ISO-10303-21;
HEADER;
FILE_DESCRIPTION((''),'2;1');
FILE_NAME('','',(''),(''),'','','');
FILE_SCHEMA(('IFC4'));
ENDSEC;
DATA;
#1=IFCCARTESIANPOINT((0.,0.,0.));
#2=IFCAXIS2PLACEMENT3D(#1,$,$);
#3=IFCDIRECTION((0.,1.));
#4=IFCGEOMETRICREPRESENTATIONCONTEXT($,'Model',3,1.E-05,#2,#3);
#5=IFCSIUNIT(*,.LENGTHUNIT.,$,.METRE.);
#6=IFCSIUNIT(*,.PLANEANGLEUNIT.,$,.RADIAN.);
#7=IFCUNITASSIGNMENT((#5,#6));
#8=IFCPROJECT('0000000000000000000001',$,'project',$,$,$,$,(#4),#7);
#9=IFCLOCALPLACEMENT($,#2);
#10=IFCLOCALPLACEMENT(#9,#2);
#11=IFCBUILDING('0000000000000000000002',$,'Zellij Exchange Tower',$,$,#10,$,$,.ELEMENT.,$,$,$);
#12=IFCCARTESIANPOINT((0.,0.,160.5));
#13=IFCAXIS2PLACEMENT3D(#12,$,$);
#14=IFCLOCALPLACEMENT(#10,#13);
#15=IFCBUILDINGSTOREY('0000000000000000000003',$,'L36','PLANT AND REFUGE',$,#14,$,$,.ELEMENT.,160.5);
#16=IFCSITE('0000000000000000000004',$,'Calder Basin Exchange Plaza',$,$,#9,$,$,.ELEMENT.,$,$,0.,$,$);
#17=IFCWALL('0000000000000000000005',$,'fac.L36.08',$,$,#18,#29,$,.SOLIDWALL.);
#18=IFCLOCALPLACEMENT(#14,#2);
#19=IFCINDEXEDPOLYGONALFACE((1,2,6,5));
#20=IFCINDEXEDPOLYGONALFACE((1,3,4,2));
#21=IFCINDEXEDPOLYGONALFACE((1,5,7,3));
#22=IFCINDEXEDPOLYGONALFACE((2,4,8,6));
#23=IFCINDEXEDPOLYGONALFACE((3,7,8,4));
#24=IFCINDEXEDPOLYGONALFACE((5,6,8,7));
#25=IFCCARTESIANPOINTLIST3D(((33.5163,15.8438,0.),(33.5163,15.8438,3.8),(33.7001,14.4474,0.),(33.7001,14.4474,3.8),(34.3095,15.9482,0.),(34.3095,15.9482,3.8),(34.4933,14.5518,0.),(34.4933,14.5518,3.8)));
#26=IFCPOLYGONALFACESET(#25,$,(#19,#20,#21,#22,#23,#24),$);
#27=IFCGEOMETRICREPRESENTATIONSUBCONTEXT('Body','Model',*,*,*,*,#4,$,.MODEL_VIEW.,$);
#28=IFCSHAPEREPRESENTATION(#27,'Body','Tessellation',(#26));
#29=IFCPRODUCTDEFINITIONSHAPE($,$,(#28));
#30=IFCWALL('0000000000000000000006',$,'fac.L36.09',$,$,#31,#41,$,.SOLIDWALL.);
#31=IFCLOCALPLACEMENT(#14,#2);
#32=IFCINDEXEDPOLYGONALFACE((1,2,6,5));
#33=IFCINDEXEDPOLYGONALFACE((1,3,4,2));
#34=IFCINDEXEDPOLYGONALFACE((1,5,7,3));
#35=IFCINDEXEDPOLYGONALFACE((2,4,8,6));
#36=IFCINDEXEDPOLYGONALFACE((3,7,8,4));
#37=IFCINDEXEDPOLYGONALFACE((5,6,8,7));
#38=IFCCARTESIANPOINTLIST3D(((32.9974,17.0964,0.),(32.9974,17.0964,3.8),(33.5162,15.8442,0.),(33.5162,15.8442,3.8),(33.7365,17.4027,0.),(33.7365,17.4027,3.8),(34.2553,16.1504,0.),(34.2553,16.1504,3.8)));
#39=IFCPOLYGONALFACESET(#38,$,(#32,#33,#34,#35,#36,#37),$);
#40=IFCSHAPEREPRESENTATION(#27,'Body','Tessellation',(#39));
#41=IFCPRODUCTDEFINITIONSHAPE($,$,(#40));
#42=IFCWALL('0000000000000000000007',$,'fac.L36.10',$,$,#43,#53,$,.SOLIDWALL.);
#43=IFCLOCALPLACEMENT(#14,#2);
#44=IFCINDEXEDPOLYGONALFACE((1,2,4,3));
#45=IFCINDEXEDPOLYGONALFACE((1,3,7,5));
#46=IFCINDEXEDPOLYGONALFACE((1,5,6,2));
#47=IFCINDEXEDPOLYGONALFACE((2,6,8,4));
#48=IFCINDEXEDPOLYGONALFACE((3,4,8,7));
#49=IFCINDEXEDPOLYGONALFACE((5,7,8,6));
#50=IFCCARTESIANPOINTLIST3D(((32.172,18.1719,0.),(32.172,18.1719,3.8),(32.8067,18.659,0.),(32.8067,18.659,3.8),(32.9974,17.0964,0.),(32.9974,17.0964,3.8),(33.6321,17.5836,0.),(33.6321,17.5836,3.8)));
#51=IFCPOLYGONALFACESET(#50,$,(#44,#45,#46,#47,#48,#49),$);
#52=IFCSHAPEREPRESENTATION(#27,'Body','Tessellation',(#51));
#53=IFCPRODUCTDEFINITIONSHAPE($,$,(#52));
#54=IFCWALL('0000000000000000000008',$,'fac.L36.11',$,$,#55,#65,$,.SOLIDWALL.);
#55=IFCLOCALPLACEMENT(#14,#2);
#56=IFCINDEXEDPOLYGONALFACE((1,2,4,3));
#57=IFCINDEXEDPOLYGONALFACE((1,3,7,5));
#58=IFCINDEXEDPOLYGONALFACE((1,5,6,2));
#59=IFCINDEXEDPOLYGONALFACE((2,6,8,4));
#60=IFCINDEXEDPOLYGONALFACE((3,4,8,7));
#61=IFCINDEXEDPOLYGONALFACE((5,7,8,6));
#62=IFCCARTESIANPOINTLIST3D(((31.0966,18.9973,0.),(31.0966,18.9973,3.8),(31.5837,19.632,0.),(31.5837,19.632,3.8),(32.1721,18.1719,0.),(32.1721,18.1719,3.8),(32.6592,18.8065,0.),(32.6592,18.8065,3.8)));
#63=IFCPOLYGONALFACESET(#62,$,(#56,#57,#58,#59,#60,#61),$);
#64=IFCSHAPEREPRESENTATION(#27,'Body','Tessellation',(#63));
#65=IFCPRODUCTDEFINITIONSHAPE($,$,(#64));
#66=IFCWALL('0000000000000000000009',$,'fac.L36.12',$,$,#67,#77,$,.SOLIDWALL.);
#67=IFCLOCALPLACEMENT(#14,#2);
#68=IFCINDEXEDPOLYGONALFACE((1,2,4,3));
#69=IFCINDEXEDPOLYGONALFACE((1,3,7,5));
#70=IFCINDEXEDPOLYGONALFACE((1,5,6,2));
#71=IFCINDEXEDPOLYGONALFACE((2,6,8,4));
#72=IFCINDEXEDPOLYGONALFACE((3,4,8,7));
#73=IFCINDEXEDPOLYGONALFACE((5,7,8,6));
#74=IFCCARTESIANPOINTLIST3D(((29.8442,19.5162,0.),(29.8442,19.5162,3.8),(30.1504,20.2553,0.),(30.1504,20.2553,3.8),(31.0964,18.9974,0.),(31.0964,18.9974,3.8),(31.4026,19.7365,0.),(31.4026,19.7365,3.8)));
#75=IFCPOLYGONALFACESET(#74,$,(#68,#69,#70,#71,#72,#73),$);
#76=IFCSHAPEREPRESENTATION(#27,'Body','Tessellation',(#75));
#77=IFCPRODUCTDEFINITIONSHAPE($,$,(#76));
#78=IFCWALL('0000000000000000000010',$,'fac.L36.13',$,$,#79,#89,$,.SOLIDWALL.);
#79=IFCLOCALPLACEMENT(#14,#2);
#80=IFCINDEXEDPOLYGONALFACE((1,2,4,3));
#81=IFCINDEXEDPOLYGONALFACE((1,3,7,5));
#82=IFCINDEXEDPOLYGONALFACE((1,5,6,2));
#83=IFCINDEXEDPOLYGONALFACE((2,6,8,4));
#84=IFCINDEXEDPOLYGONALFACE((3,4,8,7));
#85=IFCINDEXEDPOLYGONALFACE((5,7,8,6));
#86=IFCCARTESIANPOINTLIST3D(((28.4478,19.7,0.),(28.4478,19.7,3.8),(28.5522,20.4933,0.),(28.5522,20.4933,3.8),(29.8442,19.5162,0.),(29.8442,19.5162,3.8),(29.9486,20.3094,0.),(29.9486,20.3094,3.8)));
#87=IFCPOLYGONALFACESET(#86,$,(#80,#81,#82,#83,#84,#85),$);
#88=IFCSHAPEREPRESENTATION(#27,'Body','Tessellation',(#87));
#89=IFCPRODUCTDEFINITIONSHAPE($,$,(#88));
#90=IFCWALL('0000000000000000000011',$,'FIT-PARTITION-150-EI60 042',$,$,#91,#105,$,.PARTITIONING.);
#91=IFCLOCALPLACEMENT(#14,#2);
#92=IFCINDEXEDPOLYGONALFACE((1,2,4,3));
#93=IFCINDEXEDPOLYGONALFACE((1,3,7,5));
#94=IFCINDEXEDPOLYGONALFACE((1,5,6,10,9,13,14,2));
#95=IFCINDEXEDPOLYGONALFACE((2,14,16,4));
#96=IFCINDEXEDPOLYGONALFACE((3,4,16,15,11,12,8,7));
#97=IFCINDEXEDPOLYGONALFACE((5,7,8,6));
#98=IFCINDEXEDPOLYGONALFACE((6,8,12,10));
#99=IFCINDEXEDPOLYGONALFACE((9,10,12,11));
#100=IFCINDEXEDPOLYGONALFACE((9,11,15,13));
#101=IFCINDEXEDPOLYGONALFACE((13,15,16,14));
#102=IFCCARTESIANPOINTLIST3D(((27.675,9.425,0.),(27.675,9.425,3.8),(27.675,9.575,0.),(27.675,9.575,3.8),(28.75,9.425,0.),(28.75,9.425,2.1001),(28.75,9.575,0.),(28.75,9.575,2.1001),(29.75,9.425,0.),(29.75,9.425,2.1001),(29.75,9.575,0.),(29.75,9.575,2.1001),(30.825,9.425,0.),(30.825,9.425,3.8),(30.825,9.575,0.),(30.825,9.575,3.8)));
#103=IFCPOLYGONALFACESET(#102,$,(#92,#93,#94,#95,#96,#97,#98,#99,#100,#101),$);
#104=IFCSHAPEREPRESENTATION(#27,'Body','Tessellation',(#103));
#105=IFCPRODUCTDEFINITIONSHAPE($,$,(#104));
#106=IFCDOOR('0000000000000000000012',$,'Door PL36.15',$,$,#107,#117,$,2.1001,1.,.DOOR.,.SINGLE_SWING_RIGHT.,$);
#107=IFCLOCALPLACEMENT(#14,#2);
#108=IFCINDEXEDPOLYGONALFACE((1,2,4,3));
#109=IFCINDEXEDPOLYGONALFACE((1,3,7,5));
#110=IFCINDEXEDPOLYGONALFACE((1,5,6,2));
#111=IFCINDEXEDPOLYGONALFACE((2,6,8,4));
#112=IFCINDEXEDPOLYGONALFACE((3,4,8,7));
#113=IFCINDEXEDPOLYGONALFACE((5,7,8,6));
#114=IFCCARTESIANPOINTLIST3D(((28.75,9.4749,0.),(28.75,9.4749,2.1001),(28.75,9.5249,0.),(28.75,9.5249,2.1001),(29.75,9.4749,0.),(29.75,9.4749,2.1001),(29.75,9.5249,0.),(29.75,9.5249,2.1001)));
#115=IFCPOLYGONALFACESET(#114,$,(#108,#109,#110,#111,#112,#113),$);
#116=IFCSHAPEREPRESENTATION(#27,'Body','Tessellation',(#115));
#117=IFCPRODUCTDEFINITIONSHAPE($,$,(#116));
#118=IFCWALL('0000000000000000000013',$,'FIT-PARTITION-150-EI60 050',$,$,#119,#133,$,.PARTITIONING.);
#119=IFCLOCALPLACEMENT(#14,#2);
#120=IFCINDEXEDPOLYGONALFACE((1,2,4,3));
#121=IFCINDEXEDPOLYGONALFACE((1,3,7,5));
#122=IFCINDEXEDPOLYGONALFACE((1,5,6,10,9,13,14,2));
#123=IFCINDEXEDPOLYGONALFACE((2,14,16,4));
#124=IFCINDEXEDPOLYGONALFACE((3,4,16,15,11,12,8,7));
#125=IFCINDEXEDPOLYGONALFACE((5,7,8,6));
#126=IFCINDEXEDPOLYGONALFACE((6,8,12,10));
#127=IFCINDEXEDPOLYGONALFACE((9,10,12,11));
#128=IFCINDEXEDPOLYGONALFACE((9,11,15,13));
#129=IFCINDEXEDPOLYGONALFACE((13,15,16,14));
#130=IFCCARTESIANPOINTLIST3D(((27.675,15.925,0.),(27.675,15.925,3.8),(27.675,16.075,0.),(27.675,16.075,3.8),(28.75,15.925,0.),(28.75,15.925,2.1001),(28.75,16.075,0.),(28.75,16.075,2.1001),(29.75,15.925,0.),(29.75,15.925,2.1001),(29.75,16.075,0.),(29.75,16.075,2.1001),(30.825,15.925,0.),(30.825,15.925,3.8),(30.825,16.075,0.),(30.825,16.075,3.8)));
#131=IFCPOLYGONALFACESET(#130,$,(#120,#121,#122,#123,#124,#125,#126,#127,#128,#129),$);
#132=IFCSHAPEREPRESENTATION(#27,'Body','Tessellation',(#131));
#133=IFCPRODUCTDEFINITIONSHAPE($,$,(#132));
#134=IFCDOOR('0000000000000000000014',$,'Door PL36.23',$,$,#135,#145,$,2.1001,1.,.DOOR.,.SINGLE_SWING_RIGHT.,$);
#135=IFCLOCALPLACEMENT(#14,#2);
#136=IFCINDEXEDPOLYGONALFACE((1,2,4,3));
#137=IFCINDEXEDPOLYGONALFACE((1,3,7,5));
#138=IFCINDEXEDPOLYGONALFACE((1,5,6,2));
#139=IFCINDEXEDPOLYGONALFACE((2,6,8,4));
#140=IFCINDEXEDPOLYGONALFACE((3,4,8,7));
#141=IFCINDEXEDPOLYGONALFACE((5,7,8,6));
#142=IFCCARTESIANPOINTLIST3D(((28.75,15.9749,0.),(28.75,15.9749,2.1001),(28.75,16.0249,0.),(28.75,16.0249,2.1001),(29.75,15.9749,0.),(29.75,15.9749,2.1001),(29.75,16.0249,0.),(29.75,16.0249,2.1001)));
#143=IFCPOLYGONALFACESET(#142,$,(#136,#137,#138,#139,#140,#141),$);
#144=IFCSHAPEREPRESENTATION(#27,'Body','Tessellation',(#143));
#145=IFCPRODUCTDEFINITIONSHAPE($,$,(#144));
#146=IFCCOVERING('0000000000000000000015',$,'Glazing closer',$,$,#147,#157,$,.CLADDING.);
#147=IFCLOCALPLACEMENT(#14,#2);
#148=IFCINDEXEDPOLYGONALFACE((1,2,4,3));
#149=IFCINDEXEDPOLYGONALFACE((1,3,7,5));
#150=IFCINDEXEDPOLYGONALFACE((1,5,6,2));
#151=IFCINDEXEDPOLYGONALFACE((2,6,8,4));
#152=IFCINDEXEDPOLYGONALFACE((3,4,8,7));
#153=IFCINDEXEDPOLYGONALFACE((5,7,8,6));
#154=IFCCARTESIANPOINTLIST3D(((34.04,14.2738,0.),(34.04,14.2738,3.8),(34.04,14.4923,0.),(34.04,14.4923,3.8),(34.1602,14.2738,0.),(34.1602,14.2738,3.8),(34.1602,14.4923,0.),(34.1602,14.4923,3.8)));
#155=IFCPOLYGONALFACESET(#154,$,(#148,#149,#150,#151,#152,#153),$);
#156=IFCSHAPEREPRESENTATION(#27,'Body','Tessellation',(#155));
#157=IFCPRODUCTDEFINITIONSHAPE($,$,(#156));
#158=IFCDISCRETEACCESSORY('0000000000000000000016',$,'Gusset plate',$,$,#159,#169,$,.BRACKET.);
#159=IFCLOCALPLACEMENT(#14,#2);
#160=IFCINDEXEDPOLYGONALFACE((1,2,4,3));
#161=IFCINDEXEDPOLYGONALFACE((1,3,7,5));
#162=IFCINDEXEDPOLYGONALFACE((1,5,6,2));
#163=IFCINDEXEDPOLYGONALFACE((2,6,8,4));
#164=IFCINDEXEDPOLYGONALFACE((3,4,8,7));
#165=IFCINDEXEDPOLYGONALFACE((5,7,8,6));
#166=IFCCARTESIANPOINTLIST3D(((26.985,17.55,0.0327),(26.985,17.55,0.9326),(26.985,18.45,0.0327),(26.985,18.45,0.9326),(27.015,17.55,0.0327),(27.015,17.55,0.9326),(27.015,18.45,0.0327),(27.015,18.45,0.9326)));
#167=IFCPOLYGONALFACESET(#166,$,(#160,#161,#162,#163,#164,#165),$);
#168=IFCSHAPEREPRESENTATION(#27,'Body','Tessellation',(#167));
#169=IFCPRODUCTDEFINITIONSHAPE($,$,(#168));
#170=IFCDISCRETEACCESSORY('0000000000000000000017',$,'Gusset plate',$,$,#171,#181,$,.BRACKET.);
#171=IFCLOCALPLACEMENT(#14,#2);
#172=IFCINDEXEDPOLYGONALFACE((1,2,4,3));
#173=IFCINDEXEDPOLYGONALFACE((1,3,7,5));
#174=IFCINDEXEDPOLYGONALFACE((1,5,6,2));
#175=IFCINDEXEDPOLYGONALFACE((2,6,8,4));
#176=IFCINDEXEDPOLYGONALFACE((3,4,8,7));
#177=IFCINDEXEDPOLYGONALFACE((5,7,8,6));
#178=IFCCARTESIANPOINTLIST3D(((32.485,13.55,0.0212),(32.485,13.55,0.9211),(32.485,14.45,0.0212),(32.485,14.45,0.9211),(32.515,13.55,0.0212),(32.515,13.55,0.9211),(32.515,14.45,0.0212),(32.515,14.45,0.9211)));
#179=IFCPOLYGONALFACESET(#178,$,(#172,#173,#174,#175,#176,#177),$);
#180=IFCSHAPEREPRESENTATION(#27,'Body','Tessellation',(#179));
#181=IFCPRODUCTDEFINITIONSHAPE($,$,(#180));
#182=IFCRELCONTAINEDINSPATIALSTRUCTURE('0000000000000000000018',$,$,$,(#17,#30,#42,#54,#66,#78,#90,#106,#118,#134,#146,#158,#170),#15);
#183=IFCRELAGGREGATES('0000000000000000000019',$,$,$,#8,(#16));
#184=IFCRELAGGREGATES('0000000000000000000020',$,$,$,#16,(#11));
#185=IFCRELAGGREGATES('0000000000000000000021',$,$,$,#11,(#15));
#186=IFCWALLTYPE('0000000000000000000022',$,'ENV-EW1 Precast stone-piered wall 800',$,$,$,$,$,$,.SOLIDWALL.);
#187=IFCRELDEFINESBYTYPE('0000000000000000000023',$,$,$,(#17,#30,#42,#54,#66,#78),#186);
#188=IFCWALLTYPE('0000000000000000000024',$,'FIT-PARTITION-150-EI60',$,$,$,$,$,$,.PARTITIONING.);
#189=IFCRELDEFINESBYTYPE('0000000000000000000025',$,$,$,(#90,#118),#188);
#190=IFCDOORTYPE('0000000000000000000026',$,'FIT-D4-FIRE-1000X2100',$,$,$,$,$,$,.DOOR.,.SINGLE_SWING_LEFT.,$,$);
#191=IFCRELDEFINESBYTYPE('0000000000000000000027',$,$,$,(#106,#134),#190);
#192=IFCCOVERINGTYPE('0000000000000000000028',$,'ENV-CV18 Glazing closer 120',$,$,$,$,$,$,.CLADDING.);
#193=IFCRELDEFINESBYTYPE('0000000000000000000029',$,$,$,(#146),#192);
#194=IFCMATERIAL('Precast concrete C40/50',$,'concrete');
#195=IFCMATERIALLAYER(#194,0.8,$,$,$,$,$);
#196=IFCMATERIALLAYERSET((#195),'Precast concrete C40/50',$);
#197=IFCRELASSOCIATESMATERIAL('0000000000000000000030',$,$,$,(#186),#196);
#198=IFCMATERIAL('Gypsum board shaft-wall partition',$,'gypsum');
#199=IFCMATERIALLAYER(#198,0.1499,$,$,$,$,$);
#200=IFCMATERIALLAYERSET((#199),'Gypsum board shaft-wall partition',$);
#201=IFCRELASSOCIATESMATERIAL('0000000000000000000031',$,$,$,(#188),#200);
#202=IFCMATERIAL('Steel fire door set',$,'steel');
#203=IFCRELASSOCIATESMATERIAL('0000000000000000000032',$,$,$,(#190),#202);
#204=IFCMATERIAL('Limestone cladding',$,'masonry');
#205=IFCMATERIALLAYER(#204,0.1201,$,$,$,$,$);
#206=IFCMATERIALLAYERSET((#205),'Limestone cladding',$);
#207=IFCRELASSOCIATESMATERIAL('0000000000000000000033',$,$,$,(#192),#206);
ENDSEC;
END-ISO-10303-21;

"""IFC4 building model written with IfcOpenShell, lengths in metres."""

from ifc_helpers import new_model, si_unit, direction, frame, frame_2d, origin, origin_2d, place, context, subcontext, project, spatial, rectangle, extrude, material, layer, layer_set, type_object, element, fill, save


model = new_model("IFC4")

# Units and contexts
model_context = context("Model", 3, precision=1e-05, world=origin(), true_north=direction((0.0, 1.0)))
body_context = subcontext(model_context, "Body", "Model", "MODEL_VIEW")
ifc_project = project(units=[si_unit("LENGTHUNIT", "METRE"), si_unit("PLANEANGLEUNIT", "RADIAN")], contexts=[model_context])

# Site, building, storey
site_placement = place(None, origin())
site = spatial("IfcSite", under=ifc_project, at=site_placement, Name="Calder Basin Exchange Plaza", CompositionType="ELEMENT", RefElevation=0.0)
building_placement = place(site_placement, origin())
building = spatial("IfcBuilding", under=site, at=building_placement, Name="Zellij Exchange Tower", CompositionType="ELEMENT")
storey_placement = place(building_placement, frame((0.0, 0.0, 160.5)))
storey = spatial("IfcBuildingStorey", under=building, at=storey_placement, Name="L36", Description="PLANT AND REFUGE", CompositionType="ELEMENT", Elevation=160.5)

# Walls
ifc_material_1 = material(Name="Precast concrete C40/50", Category="concrete")
ifc_layer_1 = layer(ifc_material_1, 0.8)
ifc_layer_set_1 = layer_set([ifc_layer_1], Name="Precast concrete C40/50")
wall_type_1 = type_object("IfcWallType", Name="ENV-EW1 Precast stone-piered wall 800", PredefinedType="SOLIDWALL", material=ifc_layer_set_1)
wall_1_placement = place(storey_placement, frame((34.0967, 14.4998, 0.0), z_axis=(0.0, 0.0, 1.0), x_axis=(-0.130517, 0.991446, 0.0)))
element("IfcWall", 1, at=wall_1_placement, inside=storey, type_object=wall_type_1, Name="fac.L36.08", PredefinedType="SOLIDWALL", context=body_context, shape_type="SweptSolid", body=[
    extrude(rectangle(XDim=1.4084, YDim=0.8, at=frame_2d((0.7041, 0.0))), origin(), (0.0, 0.0, 1.0), 3.8),
])
wall_2_placement = place(storey_placement, frame((33.8857, 15.9973, 0.0), z_axis=(0.0, 0.0, 1.0), x_axis=(-0.38276, 0.923848, 0.0)))
element("IfcWall", 2, at=wall_2_placement, inside=storey, type_object=wall_type_1, Name="fac.L36.09", PredefinedType="SOLIDWALL", context=body_context, shape_type="SweptSolid", body=[
    extrude(rectangle(XDim=1.3555, YDim=0.8, at=frame_2d((0.6777, 0.0))), origin(), (0.0, 0.0, 1.0), 3.8),
])
for number, where, z_axis, x_axis, name in (
    (3, (33.3147, 17.3401, 0.0), (0.0, 0.0, 1.0), (-0.608866, 0.793273, 0.0), "fac.L36.10"),
    (4, (32.4155, 18.4893, 0.0), (0.0, 0.0, 1.0), (-0.793273, 0.608866, 0.0), "fac.L36.11"),
):
    element("IfcWall", number, at=place(storey_placement, frame(where, z_axis=z_axis, x_axis=x_axis)), inside=storey, type_object=wall_type_1, Name=name, PredefinedType="SOLIDWALL", context=body_context, shape_type="SweptSolid", body=[
        extrude(rectangle(XDim=1.3557, YDim=0.8, at=frame_2d((0.6777, 0.0))), origin(), (0.0, 0.0, 1.0), 3.8),
    ])
wall_3_placement = place(storey_placement, frame((31.2495, 19.3669, 0.0), z_axis=(0.0, 0.0, 1.0), x_axis=(-0.923848, 0.38276, 0.0)))
element("IfcWall", 5, at=wall_3_placement, inside=storey, type_object=wall_type_1, Name="fac.L36.12", PredefinedType="SOLIDWALL", context=body_context, shape_type="SweptSolid", body=[
    extrude(rectangle(XDim=1.3555, YDim=0.8, at=frame_2d((0.6777, 0.0))), origin(), (0.0, 0.0, 1.0), 3.8),
])
wall_4_placement = place(storey_placement, frame((29.8962, 19.9128, 0.0), z_axis=(0.0, 0.0, 1.0), x_axis=(-0.991446, 0.130517, 0.0)))
element("IfcWall", 6, at=wall_4_placement, inside=storey, type_object=wall_type_1, Name="fac.L36.13", PredefinedType="SOLIDWALL", context=body_context, shape_type="SweptSolid", body=[
    extrude(rectangle(XDim=1.4084, YDim=0.8, at=frame_2d((0.7041, 0.0))), origin(), (0.0, 0.0, 1.0), 3.8),
])

# Walls, openings, doors
ifc_material_2 = material(Name="Gypsum board shaft-wall partition", Category="gypsum")
ifc_layer_2 = layer(ifc_material_2, 0.1499)
ifc_layer_set_2 = layer_set([ifc_layer_2], Name="Gypsum board shaft-wall partition")
wall_type_2 = type_object("IfcWallType", Name="FIT-PARTITION-150-EI60", PredefinedType="PARTITIONING", material=ifc_layer_set_2)
wall_5_placement = place(storey_placement, frame((27.675, 9.5, 0.0), z_axis=(0.0, 0.0, 1.0), x_axis=(1.0, 0.0, 0.0)))
wall_5 = element("IfcWall", 7, at=wall_5_placement, inside=storey, type_object=wall_type_2, Name="FIT-PARTITION-150-EI60 042", PredefinedType="PARTITIONING", context=body_context, shape_type="SweptSolid", body=[
    extrude(rectangle(XDim=3.1499, YDim=0.1499, at=frame_2d((1.575, 0.0))), origin(), (0.0, 0.0, 1.0), 3.8),
])
opening_1_placement = place(wall_5_placement, frame((1.075, 0.0, 0.0)))
opening_1 = element("IfcOpeningElement", 8, at=opening_1_placement, cuts=wall_5, PredefinedType="OPENING", context=body_context, shape_type="SweptSolid", body=[
    extrude(rectangle(XDim=1.0, YDim=2.1001, at=frame_2d((0.5, 1.05))), frame((0.0, 0.0869, 0.0), z_axis=(0.0, -1.0, 0.0), x_axis=(1.0, 0.0, 0.0)), (0.0, 0.0, 1.0), 0.1738),
])
ifc_material_3 = material(Name="Steel fire door set", Category="steel")
door_type = type_object("IfcDoorType", Name="FIT-D4-FIRE-1000X2100", OperationType="SINGLE_SWING_LEFT", PredefinedType="DOOR", material=ifc_material_3)
door_1_placement = place(opening_1_placement, origin())
door_1 = element("IfcDoor", 9, at=door_1_placement, inside=storey, type_object=door_type, Name="Door PL36.15", OperationType="SINGLE_SWING_RIGHT", OverallHeight=2.1001, OverallWidth=1.0, PredefinedType="DOOR", context=body_context, shape_type="SweptSolid", body=[
    extrude(rectangle(XDim=1.0, YDim=2.1001, at=frame_2d((0.5, 1.05))), frame((0.0, 0.0249, 0.0), z_axis=(0.0, -1.0, 0.0), x_axis=(1.0, 0.0, 0.0)), (0.0, 0.0, 1.0), 0.05),
])
fill(opening_1, door_1)
wall_6_placement = place(storey_placement, frame((27.675, 16.0, 0.0), z_axis=(0.0, 0.0, 1.0), x_axis=(1.0, 0.0, 0.0)))
wall_6 = element("IfcWall", 10, at=wall_6_placement, inside=storey, type_object=wall_type_2, Name="FIT-PARTITION-150-EI60 050", PredefinedType="PARTITIONING", context=body_context, shape_type="SweptSolid", body=[
    extrude(rectangle(XDim=3.1499, YDim=0.1499, at=frame_2d((1.575, 0.0))), origin(), (0.0, 0.0, 1.0), 3.8),
])
opening_2_placement = place(wall_6_placement, frame((1.075, 0.0, 0.0)))
opening_2 = element("IfcOpeningElement", 11, at=opening_2_placement, cuts=wall_6, PredefinedType="OPENING", context=body_context, shape_type="SweptSolid", body=[
    extrude(rectangle(XDim=1.0, YDim=2.1001, at=frame_2d((0.5, 1.05))), frame((0.0, 0.0869, 0.0), z_axis=(0.0, -1.0, 0.0), x_axis=(1.0, 0.0, 0.0)), (0.0, 0.0, 1.0), 0.1738),
])
door_2_placement = place(opening_2_placement, origin())
door_2 = element("IfcDoor", 12, at=door_2_placement, inside=storey, type_object=door_type, Name="Door PL36.23", OperationType="SINGLE_SWING_RIGHT", OverallHeight=2.1001, OverallWidth=1.0, PredefinedType="DOOR", context=body_context, shape_type="SweptSolid", body=[
    extrude(rectangle(XDim=1.0, YDim=2.1001, at=frame_2d((0.5, 1.05))), frame((0.0, 0.0249, 0.0), z_axis=(0.0, -1.0, 0.0), x_axis=(1.0, 0.0, 0.0)), (0.0, 0.0, 1.0), 0.05),
])
fill(opening_2, door_2)

# Covering
ifc_material_4 = material(Name="Limestone cladding", Category="masonry")
ifc_layer_3 = layer(ifc_material_4, 0.1201)
ifc_layer_set_3 = layer_set([ifc_layer_3], Name="Limestone cladding")
covering_type = type_object("IfcCoveringType", Name="ENV-CV18 Glazing closer 120", PredefinedType="CLADDING", material=ifc_layer_set_3)
covering_placement = place(storey_placement, frame((34.1001, 14.3831, 0.0), z_axis=(0.0, 0.0, 1.0), x_axis=(0.0, 1.0, 0.0)))
element("IfcCovering", 13, at=covering_placement, inside=storey, type_object=covering_type, Name="Glazing closer", PredefinedType="CLADDING", context=body_context, shape_type="SweptSolid", body=[
    extrude(rectangle(XDim=0.2185, YDim=0.1201, at=origin_2d()), origin(), (0.0, 0.0, 1.0), 3.8),
])

# Discrete accessories
for number, where, z_axis, x_axis, name in (
    (14, (27.0, 18.0, 0.0327), (0.0, 0.0, 1.0), (0.0, 1.0, 0.0), "Gusset plate"),
    (15, (32.5, 14.0, 0.0212), (0.0, 0.0, 1.0), (0.0, 1.0, 0.0), "Gusset plate"),
):
    element("IfcDiscreteAccessory", number, at=place(storey_placement, frame(where, z_axis=z_axis, x_axis=x_axis)), inside=storey, Name=name, PredefinedType="BRACKET", context=body_context, shape_type="SweptSolid", body=[
        extrude(rectangle(XDim=0.8999, YDim=0.03, at=origin_2d()), origin(), (0.0, 0.0, 1.0), 0.8999),
    ])

save(model, "model.ifc")
